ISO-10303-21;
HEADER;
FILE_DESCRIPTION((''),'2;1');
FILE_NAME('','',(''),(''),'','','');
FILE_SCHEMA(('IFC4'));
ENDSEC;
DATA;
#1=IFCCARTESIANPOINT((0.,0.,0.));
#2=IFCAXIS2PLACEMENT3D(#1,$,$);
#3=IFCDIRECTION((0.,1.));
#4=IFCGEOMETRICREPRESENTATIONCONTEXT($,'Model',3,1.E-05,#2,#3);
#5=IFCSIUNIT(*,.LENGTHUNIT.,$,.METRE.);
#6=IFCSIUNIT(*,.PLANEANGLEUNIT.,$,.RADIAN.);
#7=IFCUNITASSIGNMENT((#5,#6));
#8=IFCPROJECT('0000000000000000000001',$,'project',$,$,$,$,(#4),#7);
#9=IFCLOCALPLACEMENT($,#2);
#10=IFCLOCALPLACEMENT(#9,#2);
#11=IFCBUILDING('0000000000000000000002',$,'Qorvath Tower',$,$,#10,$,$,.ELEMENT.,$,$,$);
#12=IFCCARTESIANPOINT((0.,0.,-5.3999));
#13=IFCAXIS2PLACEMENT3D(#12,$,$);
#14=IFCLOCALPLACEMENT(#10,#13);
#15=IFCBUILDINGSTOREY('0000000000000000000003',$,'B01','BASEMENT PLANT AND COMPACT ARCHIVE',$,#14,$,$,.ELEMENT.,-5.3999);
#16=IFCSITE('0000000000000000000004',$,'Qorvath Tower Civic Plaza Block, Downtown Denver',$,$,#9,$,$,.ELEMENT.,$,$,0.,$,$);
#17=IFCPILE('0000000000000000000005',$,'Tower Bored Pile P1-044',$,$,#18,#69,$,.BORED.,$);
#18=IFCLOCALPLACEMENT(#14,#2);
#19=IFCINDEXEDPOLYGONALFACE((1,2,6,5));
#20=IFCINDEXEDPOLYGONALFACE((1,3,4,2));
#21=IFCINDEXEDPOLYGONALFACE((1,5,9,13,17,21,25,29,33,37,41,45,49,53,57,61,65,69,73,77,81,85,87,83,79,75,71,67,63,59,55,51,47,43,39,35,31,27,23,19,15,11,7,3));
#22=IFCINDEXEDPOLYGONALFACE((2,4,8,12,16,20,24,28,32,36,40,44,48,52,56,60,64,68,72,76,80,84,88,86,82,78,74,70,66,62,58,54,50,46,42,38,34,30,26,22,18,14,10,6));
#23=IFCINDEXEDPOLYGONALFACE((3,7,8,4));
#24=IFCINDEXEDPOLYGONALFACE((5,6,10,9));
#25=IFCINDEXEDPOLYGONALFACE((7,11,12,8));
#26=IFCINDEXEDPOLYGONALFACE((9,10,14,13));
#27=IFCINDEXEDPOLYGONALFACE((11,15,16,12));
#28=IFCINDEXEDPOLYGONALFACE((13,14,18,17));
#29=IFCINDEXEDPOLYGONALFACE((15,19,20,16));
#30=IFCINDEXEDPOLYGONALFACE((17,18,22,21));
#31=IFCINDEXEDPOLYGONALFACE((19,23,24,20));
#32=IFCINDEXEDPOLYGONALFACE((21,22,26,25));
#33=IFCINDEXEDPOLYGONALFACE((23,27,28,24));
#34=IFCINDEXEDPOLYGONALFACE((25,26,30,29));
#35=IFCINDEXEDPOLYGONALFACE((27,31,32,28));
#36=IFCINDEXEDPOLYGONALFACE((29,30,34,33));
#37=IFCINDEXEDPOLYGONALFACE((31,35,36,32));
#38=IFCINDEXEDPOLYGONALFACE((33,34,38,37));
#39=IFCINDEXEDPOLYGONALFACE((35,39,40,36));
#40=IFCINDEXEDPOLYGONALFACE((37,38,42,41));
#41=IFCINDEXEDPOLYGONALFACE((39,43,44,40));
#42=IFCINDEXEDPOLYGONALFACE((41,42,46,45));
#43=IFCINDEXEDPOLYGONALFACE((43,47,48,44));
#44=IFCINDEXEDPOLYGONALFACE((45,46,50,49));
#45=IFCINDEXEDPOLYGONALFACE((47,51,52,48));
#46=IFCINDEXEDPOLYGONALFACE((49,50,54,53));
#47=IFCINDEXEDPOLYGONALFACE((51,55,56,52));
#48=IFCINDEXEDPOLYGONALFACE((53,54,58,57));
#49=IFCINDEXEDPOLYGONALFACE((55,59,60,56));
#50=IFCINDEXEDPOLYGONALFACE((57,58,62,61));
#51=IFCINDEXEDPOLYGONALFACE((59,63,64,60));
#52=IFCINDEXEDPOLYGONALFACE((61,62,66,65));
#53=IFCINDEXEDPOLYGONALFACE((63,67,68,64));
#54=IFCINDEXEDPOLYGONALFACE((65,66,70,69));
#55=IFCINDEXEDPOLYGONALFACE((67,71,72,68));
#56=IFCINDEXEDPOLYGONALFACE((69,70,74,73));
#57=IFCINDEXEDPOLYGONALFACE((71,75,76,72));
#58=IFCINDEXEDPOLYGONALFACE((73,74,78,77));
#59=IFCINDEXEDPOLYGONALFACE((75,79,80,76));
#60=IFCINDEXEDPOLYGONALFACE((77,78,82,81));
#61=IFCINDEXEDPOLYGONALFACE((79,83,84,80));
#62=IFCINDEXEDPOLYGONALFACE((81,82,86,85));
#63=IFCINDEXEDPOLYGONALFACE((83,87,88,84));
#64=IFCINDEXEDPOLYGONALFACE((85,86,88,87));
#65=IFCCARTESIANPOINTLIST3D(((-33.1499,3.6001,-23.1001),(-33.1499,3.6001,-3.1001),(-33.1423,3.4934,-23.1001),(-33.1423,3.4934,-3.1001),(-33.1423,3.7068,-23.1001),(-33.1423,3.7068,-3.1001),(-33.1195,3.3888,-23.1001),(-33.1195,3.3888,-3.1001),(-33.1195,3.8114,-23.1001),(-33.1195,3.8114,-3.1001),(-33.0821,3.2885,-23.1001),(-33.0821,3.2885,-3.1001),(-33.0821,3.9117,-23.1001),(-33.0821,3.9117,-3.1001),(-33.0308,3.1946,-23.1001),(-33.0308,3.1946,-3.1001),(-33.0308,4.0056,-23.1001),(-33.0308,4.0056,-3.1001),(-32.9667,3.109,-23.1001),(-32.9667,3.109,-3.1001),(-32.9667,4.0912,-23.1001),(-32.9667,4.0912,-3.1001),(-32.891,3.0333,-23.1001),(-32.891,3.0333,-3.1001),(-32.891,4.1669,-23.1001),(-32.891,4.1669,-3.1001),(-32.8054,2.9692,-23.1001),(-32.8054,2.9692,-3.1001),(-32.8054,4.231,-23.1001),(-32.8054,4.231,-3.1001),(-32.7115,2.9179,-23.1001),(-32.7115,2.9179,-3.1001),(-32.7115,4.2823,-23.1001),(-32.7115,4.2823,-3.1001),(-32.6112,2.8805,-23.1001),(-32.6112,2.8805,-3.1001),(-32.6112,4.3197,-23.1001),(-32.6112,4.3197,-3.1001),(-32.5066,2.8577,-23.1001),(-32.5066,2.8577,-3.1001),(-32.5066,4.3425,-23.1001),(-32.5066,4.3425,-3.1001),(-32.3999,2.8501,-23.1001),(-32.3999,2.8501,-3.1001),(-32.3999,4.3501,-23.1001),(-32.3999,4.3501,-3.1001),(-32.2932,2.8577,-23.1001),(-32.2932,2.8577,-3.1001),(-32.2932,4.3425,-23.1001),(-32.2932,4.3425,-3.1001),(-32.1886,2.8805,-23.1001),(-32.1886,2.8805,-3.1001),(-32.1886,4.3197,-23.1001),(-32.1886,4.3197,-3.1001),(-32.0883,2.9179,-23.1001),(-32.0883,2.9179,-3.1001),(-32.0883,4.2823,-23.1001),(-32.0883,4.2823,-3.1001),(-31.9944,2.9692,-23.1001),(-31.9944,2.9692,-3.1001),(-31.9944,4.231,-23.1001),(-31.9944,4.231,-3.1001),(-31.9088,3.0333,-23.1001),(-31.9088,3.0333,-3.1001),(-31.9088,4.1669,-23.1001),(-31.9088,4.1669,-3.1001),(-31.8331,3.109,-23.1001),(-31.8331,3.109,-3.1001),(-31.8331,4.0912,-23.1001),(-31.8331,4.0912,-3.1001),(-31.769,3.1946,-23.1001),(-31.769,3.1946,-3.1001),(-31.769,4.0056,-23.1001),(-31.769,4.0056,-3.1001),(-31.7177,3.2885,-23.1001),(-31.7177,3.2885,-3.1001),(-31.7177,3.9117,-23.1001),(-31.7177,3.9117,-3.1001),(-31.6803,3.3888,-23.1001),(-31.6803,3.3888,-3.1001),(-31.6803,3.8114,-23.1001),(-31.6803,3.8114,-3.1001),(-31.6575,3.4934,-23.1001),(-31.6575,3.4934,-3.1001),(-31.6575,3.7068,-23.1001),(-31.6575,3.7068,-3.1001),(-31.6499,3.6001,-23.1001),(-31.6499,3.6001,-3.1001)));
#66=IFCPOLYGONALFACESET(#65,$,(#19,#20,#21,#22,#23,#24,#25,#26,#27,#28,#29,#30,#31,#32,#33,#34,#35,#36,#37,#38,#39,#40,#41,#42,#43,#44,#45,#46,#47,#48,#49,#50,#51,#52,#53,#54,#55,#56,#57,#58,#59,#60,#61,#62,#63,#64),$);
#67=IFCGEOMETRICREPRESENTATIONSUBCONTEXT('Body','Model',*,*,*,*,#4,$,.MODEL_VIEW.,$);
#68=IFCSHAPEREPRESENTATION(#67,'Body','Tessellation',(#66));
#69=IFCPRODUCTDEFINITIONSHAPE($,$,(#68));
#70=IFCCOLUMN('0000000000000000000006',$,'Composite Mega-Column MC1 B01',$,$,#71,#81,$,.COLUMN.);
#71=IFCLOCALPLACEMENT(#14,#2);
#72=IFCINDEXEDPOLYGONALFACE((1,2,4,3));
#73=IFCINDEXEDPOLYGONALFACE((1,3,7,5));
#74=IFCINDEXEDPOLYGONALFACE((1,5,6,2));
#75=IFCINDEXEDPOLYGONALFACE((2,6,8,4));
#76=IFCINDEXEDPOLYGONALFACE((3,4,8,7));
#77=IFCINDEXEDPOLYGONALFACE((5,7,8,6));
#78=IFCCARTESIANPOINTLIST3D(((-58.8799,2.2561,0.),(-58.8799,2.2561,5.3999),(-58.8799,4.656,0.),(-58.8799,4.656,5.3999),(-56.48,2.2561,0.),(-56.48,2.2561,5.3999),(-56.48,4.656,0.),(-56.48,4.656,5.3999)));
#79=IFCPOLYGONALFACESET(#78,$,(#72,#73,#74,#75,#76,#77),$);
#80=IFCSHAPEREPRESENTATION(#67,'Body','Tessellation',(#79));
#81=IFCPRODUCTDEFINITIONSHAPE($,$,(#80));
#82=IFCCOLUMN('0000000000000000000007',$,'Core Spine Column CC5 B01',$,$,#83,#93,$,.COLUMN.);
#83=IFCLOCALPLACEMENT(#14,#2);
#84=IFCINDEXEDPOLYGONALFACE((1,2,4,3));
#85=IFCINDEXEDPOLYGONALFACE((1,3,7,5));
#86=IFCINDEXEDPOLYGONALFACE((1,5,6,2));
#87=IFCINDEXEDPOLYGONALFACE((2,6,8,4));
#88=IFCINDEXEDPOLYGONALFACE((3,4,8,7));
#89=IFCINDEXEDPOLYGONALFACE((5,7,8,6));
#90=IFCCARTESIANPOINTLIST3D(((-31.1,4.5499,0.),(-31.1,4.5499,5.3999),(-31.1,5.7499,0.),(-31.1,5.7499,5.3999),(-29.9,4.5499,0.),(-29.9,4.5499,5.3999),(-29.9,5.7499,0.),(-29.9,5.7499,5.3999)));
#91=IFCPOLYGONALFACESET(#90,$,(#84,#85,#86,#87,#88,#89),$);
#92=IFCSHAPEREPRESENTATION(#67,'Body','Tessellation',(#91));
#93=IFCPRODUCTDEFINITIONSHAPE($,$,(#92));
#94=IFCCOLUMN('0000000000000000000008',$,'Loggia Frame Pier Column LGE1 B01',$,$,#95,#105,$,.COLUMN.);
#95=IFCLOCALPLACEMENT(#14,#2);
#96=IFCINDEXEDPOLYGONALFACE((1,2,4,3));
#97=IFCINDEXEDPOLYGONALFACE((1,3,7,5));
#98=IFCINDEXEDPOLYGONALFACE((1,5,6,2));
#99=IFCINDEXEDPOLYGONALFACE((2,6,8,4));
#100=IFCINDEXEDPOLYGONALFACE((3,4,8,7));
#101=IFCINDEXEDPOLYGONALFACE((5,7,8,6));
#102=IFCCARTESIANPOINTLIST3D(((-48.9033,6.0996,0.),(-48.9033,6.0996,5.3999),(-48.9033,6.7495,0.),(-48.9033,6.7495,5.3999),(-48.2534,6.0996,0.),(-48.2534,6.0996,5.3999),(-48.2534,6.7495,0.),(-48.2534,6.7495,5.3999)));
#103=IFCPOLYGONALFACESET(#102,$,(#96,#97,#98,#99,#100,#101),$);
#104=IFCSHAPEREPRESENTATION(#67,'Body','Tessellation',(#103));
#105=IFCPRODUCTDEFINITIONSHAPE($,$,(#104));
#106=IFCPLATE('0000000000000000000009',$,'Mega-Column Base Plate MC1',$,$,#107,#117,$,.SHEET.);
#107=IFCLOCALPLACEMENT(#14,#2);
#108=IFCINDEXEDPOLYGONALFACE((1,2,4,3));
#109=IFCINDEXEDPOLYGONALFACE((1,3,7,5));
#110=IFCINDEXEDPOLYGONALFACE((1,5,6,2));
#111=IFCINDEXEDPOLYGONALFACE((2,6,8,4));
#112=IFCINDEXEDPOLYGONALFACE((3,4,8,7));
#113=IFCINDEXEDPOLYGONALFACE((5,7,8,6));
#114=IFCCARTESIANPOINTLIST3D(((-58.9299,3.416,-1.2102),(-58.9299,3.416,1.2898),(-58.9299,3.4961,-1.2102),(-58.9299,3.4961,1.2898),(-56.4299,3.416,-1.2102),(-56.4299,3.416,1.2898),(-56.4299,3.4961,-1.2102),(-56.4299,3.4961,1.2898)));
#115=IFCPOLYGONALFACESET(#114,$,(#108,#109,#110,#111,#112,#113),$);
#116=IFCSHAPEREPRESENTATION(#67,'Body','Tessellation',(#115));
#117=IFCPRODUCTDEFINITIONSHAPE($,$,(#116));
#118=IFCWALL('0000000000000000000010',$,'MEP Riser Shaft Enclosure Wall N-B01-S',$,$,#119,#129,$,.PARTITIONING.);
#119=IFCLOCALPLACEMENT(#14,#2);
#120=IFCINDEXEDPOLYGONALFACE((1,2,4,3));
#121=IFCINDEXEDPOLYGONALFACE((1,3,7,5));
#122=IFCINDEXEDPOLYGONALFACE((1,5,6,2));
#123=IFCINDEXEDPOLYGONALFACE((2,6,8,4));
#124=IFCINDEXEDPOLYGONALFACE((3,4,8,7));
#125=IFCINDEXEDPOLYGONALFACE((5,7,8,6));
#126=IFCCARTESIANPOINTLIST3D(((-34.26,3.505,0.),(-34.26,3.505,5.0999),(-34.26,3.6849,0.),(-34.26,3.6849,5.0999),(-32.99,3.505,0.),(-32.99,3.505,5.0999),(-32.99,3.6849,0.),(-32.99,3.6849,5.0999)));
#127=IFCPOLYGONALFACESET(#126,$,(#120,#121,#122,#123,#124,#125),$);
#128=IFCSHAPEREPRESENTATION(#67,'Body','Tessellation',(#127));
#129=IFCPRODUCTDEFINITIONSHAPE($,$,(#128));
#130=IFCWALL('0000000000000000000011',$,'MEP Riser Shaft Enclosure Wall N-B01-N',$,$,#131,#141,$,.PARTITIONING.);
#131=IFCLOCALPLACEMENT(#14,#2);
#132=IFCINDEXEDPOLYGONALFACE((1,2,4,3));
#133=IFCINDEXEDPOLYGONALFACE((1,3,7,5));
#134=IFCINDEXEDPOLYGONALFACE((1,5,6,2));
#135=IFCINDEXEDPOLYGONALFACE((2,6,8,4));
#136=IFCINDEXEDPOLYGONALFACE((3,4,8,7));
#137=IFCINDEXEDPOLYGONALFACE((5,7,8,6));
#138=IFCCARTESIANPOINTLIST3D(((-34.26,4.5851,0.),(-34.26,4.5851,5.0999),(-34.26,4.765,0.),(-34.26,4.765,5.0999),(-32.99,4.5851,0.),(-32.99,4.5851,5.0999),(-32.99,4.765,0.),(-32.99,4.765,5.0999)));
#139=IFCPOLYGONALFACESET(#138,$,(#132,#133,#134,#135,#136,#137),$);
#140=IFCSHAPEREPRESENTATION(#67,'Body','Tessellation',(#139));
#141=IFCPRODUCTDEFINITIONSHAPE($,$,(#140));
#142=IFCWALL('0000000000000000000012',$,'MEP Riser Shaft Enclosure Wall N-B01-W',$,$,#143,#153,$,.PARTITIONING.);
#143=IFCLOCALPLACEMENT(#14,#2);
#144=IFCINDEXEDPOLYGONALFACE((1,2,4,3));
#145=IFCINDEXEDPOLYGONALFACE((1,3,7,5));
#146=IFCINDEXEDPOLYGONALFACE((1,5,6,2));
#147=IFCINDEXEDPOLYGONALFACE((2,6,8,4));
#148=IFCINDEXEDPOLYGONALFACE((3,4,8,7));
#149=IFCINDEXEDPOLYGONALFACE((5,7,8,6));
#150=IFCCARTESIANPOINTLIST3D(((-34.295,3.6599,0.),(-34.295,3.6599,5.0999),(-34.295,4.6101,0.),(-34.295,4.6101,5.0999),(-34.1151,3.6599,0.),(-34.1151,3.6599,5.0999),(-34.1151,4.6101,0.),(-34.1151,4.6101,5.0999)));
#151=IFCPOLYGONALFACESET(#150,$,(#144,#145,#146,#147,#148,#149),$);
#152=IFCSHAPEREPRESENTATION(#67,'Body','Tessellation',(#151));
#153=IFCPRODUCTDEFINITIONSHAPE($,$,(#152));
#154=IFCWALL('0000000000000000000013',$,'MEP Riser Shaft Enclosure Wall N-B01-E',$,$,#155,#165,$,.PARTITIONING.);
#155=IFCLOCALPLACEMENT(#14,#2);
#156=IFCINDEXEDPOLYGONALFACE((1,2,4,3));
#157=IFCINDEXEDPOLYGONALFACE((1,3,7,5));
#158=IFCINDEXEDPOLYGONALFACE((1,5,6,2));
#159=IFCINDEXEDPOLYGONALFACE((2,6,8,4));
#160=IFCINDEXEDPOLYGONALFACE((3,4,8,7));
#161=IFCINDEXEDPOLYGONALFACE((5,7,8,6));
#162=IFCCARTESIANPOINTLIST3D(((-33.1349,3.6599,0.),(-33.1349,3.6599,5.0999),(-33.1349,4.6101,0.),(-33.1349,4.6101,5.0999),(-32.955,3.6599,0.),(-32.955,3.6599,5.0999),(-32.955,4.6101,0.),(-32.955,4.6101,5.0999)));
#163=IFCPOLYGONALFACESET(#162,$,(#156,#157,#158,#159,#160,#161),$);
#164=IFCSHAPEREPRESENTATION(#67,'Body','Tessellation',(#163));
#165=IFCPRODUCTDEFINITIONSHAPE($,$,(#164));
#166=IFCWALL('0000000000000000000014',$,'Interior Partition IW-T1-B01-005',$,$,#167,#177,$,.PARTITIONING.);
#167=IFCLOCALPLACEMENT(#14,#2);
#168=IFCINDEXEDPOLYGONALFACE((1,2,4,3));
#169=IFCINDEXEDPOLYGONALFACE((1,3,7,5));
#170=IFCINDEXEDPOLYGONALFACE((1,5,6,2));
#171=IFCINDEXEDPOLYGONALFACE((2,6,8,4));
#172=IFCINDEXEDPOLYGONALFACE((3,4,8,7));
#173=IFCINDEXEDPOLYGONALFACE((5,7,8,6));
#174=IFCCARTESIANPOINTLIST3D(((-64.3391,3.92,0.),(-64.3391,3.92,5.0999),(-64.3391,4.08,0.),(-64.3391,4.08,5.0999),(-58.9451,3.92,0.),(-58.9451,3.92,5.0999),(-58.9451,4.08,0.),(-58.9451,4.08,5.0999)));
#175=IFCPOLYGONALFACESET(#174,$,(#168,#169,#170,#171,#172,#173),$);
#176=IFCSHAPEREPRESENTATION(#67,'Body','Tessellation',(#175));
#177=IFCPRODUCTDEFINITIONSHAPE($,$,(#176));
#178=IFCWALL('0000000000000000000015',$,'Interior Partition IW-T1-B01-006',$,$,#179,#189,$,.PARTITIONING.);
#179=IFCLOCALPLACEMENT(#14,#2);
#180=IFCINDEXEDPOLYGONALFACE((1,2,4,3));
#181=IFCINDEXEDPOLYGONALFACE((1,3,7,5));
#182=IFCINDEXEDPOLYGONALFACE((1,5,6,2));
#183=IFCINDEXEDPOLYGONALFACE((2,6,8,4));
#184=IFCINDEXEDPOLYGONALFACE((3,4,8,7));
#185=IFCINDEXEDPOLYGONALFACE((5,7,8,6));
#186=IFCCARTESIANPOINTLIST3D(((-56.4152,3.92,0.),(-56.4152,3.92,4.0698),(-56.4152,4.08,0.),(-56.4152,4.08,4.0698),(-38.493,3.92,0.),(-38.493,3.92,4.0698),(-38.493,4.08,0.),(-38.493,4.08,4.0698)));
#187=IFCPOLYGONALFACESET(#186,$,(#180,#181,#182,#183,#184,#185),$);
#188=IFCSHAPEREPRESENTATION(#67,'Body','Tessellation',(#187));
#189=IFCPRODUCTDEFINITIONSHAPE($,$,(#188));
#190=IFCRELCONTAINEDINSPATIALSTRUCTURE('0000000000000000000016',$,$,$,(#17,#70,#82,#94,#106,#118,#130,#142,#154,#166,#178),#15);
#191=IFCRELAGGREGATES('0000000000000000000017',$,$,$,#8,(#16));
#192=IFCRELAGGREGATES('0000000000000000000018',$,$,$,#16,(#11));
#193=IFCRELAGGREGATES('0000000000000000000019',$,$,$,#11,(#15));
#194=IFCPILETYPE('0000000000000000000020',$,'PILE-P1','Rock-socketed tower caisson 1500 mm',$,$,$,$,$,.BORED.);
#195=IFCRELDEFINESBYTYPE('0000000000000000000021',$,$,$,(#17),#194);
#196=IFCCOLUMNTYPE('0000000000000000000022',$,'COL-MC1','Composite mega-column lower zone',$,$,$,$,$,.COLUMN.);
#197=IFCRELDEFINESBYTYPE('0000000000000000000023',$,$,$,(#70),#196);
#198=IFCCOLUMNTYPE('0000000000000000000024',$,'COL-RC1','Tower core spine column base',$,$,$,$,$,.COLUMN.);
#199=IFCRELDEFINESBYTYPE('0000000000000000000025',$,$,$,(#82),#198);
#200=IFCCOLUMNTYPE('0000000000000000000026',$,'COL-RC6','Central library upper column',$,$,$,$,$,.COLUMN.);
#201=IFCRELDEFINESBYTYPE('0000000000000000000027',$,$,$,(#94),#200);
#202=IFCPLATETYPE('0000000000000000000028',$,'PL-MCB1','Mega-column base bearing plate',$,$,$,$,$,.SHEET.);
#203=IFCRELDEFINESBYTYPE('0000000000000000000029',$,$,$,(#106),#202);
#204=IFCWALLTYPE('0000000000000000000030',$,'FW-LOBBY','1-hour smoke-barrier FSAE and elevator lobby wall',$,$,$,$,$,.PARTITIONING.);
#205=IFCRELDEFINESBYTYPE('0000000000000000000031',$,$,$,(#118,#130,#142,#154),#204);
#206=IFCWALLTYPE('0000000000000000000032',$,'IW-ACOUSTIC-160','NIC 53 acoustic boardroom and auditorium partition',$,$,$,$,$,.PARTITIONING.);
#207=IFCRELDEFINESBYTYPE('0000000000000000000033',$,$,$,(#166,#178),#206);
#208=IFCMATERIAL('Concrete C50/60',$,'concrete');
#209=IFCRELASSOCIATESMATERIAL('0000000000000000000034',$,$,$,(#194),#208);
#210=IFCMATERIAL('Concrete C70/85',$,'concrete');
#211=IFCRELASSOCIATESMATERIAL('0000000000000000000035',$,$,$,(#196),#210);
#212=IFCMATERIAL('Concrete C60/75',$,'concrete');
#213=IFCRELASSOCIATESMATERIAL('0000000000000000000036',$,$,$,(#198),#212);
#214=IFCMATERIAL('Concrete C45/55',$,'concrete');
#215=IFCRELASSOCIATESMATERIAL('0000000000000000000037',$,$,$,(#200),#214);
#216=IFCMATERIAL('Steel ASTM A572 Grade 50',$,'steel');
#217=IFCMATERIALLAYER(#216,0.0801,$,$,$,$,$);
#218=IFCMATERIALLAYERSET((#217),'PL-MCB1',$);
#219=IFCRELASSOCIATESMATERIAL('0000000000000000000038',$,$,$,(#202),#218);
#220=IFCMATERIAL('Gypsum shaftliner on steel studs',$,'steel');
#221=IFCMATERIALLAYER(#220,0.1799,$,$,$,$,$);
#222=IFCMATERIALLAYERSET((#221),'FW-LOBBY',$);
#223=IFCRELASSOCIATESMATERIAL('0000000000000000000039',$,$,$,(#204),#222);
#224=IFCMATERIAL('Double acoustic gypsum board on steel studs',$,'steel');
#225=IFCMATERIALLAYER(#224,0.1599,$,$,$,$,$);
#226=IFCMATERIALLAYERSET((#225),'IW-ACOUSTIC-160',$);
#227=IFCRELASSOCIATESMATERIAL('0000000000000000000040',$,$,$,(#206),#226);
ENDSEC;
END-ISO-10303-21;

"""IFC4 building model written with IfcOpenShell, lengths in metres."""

from ifc_helpers import new_model, si_unit, direction, frame, frame_2d, origin, origin_2d, place, context, subcontext, project, spatial, rectangle, circle, extrude, material, layer, layer_set, material_profile, profile_set, type_object, element, save


model = new_model("IFC4")

# Units and contexts
model_context = context("Model", 3, precision=1e-05, world=origin(), true_north=direction((0.0, 1.0)))
body_context = subcontext(model_context, "Body", "Model", "MODEL_VIEW")
ifc_project = project(units=[si_unit("LENGTHUNIT", "METRE"), si_unit("PLANEANGLEUNIT", "RADIAN")], contexts=[model_context])

# Site, building, storey
site_placement = place(None, origin())
site = spatial("IfcSite", under=ifc_project, at=site_placement, Name="Qorvath Tower Civic Plaza Block, Downtown Denver", CompositionType="ELEMENT", RefElevation=0.0)
building_placement = place(site_placement, origin())
building = spatial("IfcBuilding", under=site, at=building_placement, Name="Qorvath Tower", CompositionType="ELEMENT")
storey_placement = place(building_placement, frame((0.0, 0.0, -5.3999)))
storey = spatial("IfcBuildingStorey", under=building, at=storey_placement, Name="B01", Description="BASEMENT PLANT AND COMPACT ARCHIVE", CompositionType="ELEMENT", Elevation=-5.3999)

# Pile
ifc_material_1 = material(Name="Concrete C50/60", Category="concrete")
ifc_material_profile_1 = material_profile(ifc_material_1, circle(Radius=0.75, at=origin_2d()), Name="BORED PILE 1500")
ifc_profile_set_1 = profile_set([ifc_material_profile_1], Name="Concrete C50/60")
pile_type = type_object("IfcPileType", Name="PILE-P1", Description="Rock-socketed tower caisson 1500 mm", PredefinedType="BORED", material=ifc_profile_set_1)
for number, where, z_axis, x_axis, name in (
    (1, (-32.3999, 3.6001, -3.1001), (0.0, 0.0, -1.0), (1.0, 0.0, 0.0), "Tower Bored Pile P1-044"),
):
    element("IfcPile", number, at=place(storey_placement, frame(where, z_axis=z_axis, x_axis=x_axis)), inside=storey, type_object=pile_type, Name=name, PredefinedType="BORED", context=body_context, shape_type="SweptSolid", body=[
        extrude(circle(Radius=0.75, at=origin_2d()), origin(), (0.0, 0.0, 1.0), 20.0),
    ])

# Columns
ifc_material_2 = material(Name="Concrete C70/85", Category="concrete")
ifc_material_profile_2 = material_profile(ifc_material_2, rectangle(XDim=2.3999, YDim=2.3999, at=origin_2d()), Name="MC 2400x2400")
ifc_profile_set_2 = profile_set([ifc_material_profile_2], Name="Concrete C70/85")
column_type_1 = type_object("IfcColumnType", Name="COL-MC1", Description="Composite mega-column lower zone", PredefinedType="COLUMN", material=ifc_profile_set_2)
column_1_placement = place(storey_placement, frame((-57.6799, 3.4561, 0.0), z_axis=(0.0, 0.0, 1.0), x_axis=(1.0, 0.0, 0.0)))
element("IfcColumn", 2, at=column_1_placement, inside=storey, type_object=column_type_1, Name="Composite Mega-Column MC1 B01", PredefinedType="COLUMN", context=body_context, shape_type="SweptSolid", body=[
    extrude(rectangle(XDim=2.3999, YDim=2.3999, at=origin_2d()), origin(), (0.0, 0.0, 1.0), 5.3999),
])
ifc_material_3 = material(Name="Concrete C60/75", Category="concrete")
ifc_material_profile_3 = material_profile(ifc_material_3, rectangle(XDim=1.2, YDim=1.2, at=origin_2d()), Name="RC 1200x1200")
ifc_profile_set_3 = profile_set([ifc_material_profile_3], Name="Concrete C60/75")
column_type_2 = type_object("IfcColumnType", Name="COL-RC1", Description="Tower core spine column base", PredefinedType="COLUMN", material=ifc_profile_set_3)
column_2_placement = place(storey_placement, frame((-30.5, 5.1499, 0.0), z_axis=(0.0, 0.0, 1.0), x_axis=(1.0, 0.0, 0.0)))
element("IfcColumn", 3, at=column_2_placement, inside=storey, type_object=column_type_2, Name="Core Spine Column CC5 B01", PredefinedType="COLUMN", context=body_context, shape_type="SweptSolid", body=[
    extrude(rectangle(XDim=1.2, YDim=1.2, at=origin_2d()), origin(), (0.0, 0.0, 1.0), 5.3999),
])
ifc_material_4 = material(Name="Concrete C45/55", Category="concrete")
ifc_material_profile_4 = material_profile(ifc_material_4, rectangle(XDim=0.6499, YDim=0.6499, at=origin_2d()), Name="RC 650x650")
ifc_profile_set_4 = profile_set([ifc_material_profile_4], Name="Concrete C45/55")
column_type_3 = type_object("IfcColumnType", Name="COL-RC6", Description="Central library upper column", PredefinedType="COLUMN", material=ifc_profile_set_4)
column_3_placement = place(storey_placement, frame((-48.5784, 6.4246, 0.0), z_axis=(0.0, 0.0, 1.0), x_axis=(1.0, 0.0, 0.0)))
element("IfcColumn", 4, at=column_3_placement, inside=storey, type_object=column_type_3, Name="Loggia Frame Pier Column LGE1 B01", PredefinedType="COLUMN", context=body_context, shape_type="SweptSolid", body=[
    extrude(rectangle(XDim=0.6499, YDim=0.6499, at=origin_2d()), origin(), (0.0, 0.0, 1.0), 5.3999),
])

# Plate
ifc_material_5 = material(Name="Steel ASTM A572 Grade 50", Category="steel")
ifc_layer_1 = layer(ifc_material_5, 0.0801)
ifc_layer_set_1 = layer_set([ifc_layer_1], Name="PL-MCB1")
plate_type = type_object("IfcPlateType", Name="PL-MCB1", Description="Mega-column base bearing plate", PredefinedType="SHEET", material=ifc_layer_set_1)
plate_placement = place(storey_placement, frame((-57.6799, 3.4561, -1.2102), z_axis=(0.0, 0.0, 1.0), x_axis=(1.0, 0.0, 0.0)))
element("IfcPlate", 5, at=plate_placement, inside=storey, type_object=plate_type, Name="Mega-Column Base Plate MC1", PredefinedType="SHEET", context=body_context, shape_type="SweptSolid", body=[
    extrude(rectangle(XDim=2.5, YDim=0.0801, at=origin_2d()), origin(), (0.0, 0.0, 1.0), 2.5),
])

# Walls
ifc_material_6 = material(Name="Gypsum shaftliner on steel studs", Category="steel")
ifc_layer_2 = layer(ifc_material_6, 0.1799)
ifc_layer_set_2 = layer_set([ifc_layer_2], Name="FW-LOBBY")
wall_type_1 = type_object("IfcWallType", Name="FW-LOBBY", Description="1-hour smoke-barrier FSAE and elevator lobby wall", PredefinedType="PARTITIONING", material=ifc_layer_set_2)
for number, where, z_axis, x_axis, name in (
    (6, (-32.99, 3.595, 0.0), (0.0, 0.0, 1.0), (-1.0, 0.0, 0.0), "MEP Riser Shaft Enclosure Wall N-B01-S"),
    (7, (-34.26, 4.675, 0.0), (0.0, 0.0, 1.0), (1.0, 0.0, 0.0), "MEP Riser Shaft Enclosure Wall N-B01-N"),
):
    element("IfcWall", number, at=place(storey_placement, frame(where, z_axis=z_axis, x_axis=x_axis)), inside=storey, type_object=wall_type_1, Name=name, PredefinedType="PARTITIONING", context=body_context, shape_type="SweptSolid", body=[
        extrude(rectangle(XDim=1.27, YDim=0.1799, at=frame_2d((0.635, 0.0))), origin(), (0.0, 0.0, 1.0), 5.0999),
    ])
for number, where, z_axis, x_axis, name in (
    (8, (-34.2051, 3.6599, 0.0), (0.0, 0.0, 1.0), (0.0, 1.0, 0.0), "MEP Riser Shaft Enclosure Wall N-B01-W"),
    (9, (-33.0449, 4.6101, 0.0), (0.0, 0.0, 1.0), (0.0, -1.0, 0.0), "MEP Riser Shaft Enclosure Wall N-B01-E"),
):
    element("IfcWall", number, at=place(storey_placement, frame(where, z_axis=z_axis, x_axis=x_axis)), inside=storey, type_object=wall_type_1, Name=name, PredefinedType="PARTITIONING", context=body_context, shape_type="SweptSolid", body=[
        extrude(rectangle(XDim=0.9502, YDim=0.1799, at=frame_2d((0.4751, 0.0))), origin(), (0.0, 0.0, 1.0), 5.0999),
    ])
ifc_material_7 = material(Name="Double acoustic gypsum board on steel studs", Category="steel")
ifc_layer_3 = layer(ifc_material_7, 0.1599)
ifc_layer_set_3 = layer_set([ifc_layer_3], Name="IW-ACOUSTIC-160")
wall_type_2 = type_object("IfcWallType", Name="IW-ACOUSTIC-160", Description="NIC 53 acoustic boardroom and auditorium partition", PredefinedType="PARTITIONING", material=ifc_layer_set_3)
wall_1_placement = place(storey_placement, frame((-64.3391, 4.0, 0.0), z_axis=(0.0, 0.0, 1.0), x_axis=(1.0, 0.0, 0.0)))
element("IfcWall", 10, at=wall_1_placement, inside=storey, type_object=wall_type_2, Name="Interior Partition IW-T1-B01-005", PredefinedType="PARTITIONING", context=body_context, shape_type="SweptSolid", body=[
    extrude(rectangle(XDim=5.394, YDim=0.1599, at=frame_2d((2.697, 0.0))), origin(), (0.0, 0.0, 1.0), 5.0999),
])
wall_2_placement = place(storey_placement, frame((-56.415, 4.0, 0.0), z_axis=(0.0, 0.0, 1.0), x_axis=(1.0, 0.0, 0.0)))
element("IfcWall", 11, at=wall_2_placement, inside=storey, type_object=wall_type_2, Name="Interior Partition IW-T1-B01-006", PredefinedType="PARTITIONING", context=body_context, shape_type="SweptSolid", body=[
    extrude(rectangle(XDim=17.9221, YDim=0.1599, at=frame_2d((8.9609, 0.0))), origin(), (0.0, 0.0, 1.0), 4.0698),
])

save(model, "model.ifc")
